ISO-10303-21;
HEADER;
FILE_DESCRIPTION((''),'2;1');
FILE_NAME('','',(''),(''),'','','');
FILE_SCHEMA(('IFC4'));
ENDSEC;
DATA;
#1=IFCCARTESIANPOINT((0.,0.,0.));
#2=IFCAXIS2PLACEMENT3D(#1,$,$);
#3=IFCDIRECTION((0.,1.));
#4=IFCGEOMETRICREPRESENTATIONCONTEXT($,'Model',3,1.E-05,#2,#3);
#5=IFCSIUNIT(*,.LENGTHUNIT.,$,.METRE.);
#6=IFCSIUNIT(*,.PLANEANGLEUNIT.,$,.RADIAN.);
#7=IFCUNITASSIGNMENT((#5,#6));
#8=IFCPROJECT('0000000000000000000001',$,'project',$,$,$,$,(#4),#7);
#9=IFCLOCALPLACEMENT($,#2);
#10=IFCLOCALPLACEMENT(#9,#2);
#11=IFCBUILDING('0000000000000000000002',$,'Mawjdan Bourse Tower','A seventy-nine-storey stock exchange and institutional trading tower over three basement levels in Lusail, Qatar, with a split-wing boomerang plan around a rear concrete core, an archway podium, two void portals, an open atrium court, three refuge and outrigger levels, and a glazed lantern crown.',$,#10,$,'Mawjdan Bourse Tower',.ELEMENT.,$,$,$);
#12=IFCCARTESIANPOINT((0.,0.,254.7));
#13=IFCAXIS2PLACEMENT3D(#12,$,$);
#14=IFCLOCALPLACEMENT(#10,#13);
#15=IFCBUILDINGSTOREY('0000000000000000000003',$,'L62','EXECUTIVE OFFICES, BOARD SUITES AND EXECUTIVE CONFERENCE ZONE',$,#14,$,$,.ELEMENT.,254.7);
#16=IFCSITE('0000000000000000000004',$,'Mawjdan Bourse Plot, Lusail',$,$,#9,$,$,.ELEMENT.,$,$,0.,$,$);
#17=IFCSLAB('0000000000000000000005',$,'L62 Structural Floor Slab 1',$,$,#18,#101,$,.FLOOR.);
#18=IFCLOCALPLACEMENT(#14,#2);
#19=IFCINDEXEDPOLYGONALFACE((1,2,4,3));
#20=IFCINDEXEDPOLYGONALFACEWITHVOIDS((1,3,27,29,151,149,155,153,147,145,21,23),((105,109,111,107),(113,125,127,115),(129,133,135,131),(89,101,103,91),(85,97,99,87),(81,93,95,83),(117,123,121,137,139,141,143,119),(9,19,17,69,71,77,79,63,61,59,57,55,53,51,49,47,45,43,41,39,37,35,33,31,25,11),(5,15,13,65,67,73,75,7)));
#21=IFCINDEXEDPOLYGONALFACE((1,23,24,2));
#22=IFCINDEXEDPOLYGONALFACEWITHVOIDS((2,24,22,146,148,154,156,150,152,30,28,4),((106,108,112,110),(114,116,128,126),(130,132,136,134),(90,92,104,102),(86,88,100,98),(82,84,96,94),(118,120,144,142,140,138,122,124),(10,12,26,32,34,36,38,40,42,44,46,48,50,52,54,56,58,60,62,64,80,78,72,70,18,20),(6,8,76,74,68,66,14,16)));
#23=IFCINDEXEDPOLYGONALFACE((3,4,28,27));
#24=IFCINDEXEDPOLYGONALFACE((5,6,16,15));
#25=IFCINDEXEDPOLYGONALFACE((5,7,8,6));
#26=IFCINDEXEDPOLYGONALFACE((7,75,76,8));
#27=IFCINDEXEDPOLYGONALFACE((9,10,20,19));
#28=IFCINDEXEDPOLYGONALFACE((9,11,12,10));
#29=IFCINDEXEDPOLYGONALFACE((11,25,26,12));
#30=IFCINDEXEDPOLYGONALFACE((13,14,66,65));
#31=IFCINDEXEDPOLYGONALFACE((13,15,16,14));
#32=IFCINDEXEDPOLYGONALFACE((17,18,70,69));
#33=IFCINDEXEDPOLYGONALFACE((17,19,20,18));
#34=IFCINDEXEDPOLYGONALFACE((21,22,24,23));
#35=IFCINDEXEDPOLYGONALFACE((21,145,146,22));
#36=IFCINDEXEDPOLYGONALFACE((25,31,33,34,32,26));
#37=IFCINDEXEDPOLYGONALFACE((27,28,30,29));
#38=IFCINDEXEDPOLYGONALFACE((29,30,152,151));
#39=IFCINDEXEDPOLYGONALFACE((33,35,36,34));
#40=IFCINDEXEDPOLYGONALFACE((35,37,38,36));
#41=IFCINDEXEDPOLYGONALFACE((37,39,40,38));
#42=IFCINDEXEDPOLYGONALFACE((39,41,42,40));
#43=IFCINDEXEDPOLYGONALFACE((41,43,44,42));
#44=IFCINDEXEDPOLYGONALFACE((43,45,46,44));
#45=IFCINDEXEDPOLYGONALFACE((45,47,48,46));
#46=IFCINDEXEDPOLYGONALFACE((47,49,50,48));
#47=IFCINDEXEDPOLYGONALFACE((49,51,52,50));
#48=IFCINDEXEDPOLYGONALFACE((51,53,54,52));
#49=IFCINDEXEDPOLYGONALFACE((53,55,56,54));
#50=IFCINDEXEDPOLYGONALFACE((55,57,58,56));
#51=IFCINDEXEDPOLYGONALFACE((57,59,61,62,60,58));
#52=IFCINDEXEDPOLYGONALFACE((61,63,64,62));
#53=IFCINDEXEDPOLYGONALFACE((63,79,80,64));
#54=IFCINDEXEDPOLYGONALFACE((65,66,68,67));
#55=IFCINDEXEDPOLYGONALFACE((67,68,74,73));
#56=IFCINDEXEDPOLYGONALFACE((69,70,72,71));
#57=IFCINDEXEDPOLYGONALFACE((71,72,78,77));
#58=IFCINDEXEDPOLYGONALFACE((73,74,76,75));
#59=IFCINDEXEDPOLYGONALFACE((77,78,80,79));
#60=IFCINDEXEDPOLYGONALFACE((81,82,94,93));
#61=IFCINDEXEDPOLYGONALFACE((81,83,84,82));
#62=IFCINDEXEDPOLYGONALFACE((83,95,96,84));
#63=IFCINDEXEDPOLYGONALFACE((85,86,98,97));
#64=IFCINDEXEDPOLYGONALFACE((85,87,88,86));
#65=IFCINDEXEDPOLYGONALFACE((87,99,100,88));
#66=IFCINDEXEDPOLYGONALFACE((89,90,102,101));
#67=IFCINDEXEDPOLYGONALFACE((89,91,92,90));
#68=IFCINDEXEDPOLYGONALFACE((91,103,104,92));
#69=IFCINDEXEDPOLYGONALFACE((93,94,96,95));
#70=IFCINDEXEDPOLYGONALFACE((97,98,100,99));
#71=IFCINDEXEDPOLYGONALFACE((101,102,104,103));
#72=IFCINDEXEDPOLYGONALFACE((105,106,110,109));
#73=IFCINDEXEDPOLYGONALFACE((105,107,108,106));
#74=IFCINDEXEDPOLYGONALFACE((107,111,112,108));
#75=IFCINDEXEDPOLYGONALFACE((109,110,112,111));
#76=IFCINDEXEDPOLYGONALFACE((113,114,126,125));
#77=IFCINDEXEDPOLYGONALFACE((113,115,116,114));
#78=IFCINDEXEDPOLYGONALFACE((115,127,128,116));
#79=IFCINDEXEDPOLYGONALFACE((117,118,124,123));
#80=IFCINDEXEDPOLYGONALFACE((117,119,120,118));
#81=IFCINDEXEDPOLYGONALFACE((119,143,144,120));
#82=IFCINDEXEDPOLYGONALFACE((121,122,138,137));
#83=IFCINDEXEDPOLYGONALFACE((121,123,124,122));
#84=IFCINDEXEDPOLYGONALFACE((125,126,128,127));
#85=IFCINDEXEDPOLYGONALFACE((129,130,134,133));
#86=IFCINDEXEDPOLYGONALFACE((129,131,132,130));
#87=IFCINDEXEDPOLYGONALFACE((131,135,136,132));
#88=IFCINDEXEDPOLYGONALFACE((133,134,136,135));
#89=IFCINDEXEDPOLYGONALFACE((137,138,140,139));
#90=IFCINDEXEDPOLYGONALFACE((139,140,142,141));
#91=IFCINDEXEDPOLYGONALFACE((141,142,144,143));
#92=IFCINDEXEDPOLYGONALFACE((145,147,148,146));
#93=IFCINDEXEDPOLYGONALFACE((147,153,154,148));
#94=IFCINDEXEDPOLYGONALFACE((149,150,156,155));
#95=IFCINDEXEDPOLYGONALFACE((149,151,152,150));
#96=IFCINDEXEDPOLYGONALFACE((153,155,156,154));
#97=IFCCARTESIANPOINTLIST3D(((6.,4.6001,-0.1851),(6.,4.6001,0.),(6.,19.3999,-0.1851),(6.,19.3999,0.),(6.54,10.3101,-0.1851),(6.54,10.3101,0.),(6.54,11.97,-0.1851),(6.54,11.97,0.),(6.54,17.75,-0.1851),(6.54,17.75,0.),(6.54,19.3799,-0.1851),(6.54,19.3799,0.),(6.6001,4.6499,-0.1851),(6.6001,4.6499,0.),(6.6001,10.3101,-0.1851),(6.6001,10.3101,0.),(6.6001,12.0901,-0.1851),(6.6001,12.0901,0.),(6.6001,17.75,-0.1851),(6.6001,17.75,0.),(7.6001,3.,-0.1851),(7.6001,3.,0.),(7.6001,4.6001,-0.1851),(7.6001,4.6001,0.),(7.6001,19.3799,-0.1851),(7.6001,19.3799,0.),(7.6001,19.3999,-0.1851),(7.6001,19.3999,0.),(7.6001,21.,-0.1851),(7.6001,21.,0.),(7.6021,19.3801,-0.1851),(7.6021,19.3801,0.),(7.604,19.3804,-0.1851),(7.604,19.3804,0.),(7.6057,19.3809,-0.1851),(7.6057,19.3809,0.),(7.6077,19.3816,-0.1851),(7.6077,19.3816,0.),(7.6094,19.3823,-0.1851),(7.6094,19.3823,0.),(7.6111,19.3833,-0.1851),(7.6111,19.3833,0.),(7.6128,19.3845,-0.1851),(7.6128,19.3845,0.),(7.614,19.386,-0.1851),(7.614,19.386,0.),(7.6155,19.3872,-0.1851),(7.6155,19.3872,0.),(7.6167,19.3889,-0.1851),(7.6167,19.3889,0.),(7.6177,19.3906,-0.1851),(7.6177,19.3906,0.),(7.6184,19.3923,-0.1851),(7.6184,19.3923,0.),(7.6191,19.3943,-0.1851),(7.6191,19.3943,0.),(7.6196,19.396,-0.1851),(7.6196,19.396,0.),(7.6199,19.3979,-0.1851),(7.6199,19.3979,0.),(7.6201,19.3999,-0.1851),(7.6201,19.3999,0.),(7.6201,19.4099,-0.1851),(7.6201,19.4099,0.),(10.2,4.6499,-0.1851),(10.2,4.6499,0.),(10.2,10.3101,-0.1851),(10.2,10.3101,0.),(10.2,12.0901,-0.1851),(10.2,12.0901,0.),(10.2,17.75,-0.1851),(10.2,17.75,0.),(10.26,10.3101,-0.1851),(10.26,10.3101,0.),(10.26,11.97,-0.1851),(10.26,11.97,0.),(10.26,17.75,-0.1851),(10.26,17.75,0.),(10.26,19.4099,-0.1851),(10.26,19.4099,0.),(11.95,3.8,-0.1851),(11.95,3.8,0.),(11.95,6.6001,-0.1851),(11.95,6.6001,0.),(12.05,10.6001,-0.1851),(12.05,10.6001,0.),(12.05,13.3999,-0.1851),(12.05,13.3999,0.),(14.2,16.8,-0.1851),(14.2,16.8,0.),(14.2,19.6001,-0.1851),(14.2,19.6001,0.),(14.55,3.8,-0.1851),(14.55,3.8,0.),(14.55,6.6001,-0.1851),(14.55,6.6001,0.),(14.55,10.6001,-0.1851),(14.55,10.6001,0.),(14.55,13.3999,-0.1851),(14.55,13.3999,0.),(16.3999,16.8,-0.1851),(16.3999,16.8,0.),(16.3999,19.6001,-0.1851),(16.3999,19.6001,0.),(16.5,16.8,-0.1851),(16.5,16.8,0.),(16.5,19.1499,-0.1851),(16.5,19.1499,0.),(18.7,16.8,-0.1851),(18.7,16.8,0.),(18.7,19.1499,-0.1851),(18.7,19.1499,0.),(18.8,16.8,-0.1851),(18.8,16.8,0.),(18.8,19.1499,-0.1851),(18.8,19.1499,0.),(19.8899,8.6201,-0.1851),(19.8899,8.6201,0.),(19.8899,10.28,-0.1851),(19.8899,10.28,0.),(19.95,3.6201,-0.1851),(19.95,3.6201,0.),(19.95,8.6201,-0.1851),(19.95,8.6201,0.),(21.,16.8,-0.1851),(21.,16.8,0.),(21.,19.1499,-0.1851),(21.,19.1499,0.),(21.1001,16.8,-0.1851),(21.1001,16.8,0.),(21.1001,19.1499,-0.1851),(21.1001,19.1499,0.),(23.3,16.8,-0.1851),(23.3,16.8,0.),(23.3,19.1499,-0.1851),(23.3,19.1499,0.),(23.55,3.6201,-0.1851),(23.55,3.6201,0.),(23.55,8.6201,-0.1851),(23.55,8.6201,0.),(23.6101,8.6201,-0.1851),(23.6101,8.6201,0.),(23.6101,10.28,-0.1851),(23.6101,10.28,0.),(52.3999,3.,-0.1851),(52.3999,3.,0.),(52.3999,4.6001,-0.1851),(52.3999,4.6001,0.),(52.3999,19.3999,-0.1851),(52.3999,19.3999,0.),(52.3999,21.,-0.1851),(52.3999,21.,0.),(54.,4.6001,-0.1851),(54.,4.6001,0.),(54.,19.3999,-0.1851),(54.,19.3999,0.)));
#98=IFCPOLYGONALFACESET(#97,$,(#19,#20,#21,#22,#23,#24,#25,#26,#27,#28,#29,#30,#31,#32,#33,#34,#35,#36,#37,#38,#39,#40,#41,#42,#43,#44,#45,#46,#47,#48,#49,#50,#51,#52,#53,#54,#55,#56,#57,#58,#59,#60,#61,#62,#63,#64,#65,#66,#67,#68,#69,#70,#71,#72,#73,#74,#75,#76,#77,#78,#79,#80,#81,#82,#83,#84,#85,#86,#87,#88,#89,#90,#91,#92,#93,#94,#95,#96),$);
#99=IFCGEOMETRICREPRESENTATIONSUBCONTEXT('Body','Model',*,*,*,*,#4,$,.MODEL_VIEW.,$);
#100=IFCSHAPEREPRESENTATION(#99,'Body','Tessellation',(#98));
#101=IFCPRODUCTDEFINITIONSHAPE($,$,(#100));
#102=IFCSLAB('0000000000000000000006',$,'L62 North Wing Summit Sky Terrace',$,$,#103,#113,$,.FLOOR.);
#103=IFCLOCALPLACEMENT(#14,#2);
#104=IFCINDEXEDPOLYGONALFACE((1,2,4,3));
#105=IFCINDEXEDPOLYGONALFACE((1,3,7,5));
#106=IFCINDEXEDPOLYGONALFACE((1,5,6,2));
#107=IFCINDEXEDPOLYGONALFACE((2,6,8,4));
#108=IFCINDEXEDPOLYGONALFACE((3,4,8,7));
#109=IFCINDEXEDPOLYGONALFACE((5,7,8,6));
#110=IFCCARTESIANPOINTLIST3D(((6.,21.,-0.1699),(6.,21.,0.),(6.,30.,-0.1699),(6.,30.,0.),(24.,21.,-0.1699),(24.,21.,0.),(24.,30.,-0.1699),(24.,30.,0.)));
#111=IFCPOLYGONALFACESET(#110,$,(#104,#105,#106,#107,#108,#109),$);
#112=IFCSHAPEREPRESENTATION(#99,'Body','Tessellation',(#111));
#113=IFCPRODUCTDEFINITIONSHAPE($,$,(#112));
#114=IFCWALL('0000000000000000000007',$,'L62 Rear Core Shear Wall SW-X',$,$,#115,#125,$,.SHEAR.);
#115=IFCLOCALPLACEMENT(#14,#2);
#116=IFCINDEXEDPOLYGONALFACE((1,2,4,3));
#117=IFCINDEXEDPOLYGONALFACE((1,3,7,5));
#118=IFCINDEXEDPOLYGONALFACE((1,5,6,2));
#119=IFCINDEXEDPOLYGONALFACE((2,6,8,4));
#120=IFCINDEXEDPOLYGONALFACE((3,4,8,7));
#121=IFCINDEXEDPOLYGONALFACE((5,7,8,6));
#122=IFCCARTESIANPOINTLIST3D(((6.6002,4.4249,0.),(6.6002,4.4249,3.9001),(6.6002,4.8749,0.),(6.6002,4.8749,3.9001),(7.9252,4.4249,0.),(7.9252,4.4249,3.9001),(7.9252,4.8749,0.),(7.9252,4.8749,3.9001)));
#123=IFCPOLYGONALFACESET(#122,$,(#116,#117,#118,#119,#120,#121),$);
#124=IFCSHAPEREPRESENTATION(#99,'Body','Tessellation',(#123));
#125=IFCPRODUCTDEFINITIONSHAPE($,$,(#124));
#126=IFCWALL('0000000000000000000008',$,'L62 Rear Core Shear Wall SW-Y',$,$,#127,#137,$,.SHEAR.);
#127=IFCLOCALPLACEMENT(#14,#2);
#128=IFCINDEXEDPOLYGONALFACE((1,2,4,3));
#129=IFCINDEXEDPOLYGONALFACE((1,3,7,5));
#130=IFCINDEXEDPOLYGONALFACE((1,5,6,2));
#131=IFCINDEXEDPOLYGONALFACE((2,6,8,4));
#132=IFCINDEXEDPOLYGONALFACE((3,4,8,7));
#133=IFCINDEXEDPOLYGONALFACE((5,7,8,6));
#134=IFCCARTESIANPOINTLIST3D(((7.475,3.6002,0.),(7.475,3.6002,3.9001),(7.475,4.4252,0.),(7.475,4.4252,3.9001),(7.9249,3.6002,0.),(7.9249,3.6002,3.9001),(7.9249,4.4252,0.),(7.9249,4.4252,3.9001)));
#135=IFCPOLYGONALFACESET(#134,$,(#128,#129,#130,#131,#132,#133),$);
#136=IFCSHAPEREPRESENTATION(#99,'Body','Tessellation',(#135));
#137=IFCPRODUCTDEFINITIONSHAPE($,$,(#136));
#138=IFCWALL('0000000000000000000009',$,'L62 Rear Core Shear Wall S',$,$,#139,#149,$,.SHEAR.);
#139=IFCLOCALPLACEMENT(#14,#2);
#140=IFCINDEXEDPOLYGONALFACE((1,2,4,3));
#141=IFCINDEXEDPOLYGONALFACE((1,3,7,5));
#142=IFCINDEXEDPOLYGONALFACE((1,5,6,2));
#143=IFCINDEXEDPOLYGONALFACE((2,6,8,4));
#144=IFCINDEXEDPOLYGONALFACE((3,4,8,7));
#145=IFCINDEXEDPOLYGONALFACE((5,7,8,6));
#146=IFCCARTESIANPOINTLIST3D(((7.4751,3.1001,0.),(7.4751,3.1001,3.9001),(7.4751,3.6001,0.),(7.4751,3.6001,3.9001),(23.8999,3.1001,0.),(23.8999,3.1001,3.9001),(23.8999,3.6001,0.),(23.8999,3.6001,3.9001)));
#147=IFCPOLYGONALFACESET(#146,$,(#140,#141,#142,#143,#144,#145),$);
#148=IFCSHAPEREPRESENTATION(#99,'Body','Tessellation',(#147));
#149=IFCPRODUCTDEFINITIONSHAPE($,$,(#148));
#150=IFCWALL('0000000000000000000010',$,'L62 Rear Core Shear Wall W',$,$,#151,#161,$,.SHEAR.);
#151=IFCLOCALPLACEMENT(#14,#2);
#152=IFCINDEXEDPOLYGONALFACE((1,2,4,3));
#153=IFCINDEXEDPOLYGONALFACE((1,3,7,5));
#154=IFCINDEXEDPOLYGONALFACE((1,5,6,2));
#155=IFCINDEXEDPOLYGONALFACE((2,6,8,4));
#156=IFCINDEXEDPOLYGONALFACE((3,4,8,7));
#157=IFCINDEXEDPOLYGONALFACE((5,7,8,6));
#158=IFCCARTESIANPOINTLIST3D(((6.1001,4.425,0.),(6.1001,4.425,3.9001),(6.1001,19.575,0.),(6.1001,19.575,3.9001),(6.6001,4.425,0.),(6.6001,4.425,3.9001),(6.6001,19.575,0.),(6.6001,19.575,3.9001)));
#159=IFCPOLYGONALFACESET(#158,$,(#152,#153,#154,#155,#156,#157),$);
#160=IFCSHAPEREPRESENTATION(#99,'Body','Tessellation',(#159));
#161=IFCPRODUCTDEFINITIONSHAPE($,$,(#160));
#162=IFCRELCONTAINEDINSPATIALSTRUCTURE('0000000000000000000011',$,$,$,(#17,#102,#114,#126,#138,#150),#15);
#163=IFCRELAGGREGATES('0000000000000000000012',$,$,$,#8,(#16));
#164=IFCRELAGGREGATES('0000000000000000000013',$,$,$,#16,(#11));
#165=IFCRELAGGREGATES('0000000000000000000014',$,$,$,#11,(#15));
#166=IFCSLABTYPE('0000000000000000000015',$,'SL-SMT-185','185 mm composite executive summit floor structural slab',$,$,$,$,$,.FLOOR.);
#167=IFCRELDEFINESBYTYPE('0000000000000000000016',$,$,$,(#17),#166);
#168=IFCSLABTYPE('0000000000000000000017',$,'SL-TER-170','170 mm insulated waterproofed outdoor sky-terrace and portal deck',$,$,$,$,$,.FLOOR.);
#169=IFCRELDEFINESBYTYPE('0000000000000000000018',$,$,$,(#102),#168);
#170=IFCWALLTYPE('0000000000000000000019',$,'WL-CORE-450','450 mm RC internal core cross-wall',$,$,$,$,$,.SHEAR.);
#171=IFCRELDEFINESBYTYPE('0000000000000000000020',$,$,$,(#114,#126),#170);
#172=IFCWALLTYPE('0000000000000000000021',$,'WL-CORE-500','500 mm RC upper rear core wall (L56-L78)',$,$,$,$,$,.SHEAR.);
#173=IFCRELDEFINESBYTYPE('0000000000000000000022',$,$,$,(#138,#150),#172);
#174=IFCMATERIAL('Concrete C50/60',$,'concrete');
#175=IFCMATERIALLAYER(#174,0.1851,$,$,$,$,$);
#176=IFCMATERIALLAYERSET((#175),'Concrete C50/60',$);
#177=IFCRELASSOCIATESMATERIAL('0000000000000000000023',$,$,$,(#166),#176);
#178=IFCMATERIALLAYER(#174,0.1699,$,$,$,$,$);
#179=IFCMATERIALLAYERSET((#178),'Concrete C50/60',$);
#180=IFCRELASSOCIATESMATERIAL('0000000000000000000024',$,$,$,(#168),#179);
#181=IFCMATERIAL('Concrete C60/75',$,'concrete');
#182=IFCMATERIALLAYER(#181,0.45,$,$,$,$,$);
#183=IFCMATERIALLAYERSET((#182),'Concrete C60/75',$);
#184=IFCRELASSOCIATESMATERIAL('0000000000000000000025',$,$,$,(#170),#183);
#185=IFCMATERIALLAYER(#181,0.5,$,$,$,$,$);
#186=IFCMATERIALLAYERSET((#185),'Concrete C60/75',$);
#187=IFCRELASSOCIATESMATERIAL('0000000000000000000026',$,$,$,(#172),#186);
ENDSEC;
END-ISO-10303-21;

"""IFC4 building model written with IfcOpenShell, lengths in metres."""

from ifc_helpers import new_model, si_unit, direction, frame, frame_2d, origin, place, context, subcontext, project, spatial, polyline, rectangle, outline, extrude, material, layer, layer_set, type_object, element, save


model = new_model("IFC4")

# Units and contexts
model_context = context("Model", 3, precision=1e-05, world=origin(), true_north=direction((0.0, 1.0)))
body_context = subcontext(model_context, "Body", "Model", "MODEL_VIEW")
ifc_project = project(units=[si_unit("LENGTHUNIT", "METRE"), si_unit("PLANEANGLEUNIT", "RADIAN")], contexts=[model_context])

# Site, building, storey
site_placement = place(None, origin())
site = spatial("IfcSite", under=ifc_project, at=site_placement, Name="Mawjdan Bourse Plot, Lusail", CompositionType="ELEMENT", RefElevation=0.0)
building_placement = place(site_placement, origin())
building = spatial("IfcBuilding", under=site, at=building_placement, Name="Mawjdan Bourse Tower", Description="A seventy-nine-storey stock exchange and institutional trading tower over three basement levels in Lusail, Qatar, with a split-wing boomerang plan around a rear concrete core, an archway podium, two void portals, an open atrium court, three refuge and outrigger levels, and a glazed lantern crown.", LongName="Mawjdan Bourse Tower", CompositionType="ELEMENT")
storey_placement = place(building_placement, frame((0.0, 0.0, 254.7)))
storey = spatial("IfcBuildingStorey", under=building, at=storey_placement, Name="L62", Description="EXECUTIVE OFFICES, BOARD SUITES AND EXECUTIVE CONFERENCE ZONE", CompositionType="ELEMENT", Elevation=254.7)

# Shared definitions
ifc_material_1 = material(Name="Concrete C50/60", Category="concrete")

# Slabs
ifc_layer_1 = layer(ifc_material_1, 0.1851)
ifc_layer_set_1 = layer_set([ifc_layer_1], Name="Concrete C50/60")
slab_type_1 = type_object("IfcSlabType", Name="SL-SMT-185", Description="185 mm composite executive summit floor structural slab", PredefinedType="FLOOR", material=ifc_layer_set_1)
slab_1_placement = place(storey_placement, frame((0.0, 0.0, -0.1851)))
element("IfcSlab", 1, at=slab_1_placement, inside=storey, type_object=slab_type_1, Name="L62 Structural Floor Slab 1", PredefinedType="FLOOR", context=body_context, shape_type="SweptSolid", body=[
    extrude(outline(polyline([(7.6001, 3.0), (52.3999, 3.0), (52.3999, 4.6001), (54.0, 4.6001), (54.0, 19.3999), (52.3999, 19.3999), (52.3999, 21.0), (7.6001, 21.0), (7.6001, 19.3999), (6.0, 19.3999), (6.0, 4.6001), (7.6001, 4.6001), (7.6001, 3.0)]), holes=[polyline([(14.55, 3.8), (11.95, 3.8), (11.95, 6.6001), (14.55, 6.6001), (14.55, 3.8)]), polyline([(10.26, 11.97), (10.26, 10.3101), (10.2, 10.3101), (10.2, 4.6499), (6.6001, 4.6499), (6.6001, 10.3101), (6.54, 10.3101), (6.54, 11.97), (10.26, 11.97)]), polyline([(14.55, 10.6001), (12.05, 10.6001), (12.05, 13.3999), (14.55, 13.3999), (14.55, 10.6001)]), polyline([(7.6001, 19.3799), (7.6021, 19.3801), (7.604, 19.3804), (7.6057, 19.3809), (7.6077, 19.3816), (7.6094, 19.3823), (7.6111, 19.3833), (7.6128, 19.3845), (7.614, 19.386), (7.6155, 19.3872), (7.6167, 19.3889), (7.6177, 19.3906), (7.6184, 19.3923), (7.6191, 19.3943), (7.6196, 19.396), (7.6199, 19.3979), (7.6201, 19.3999), (7.6201, 19.4099), (10.26, 19.4099), (10.26, 17.75), (10.2, 17.75), (10.2, 12.0901), (6.6001, 12.0901), (6.6001, 17.75), (6.54, 17.75), (6.54, 19.3799), (7.6001, 19.3799)]), polyline([(19.8899, 10.28), (23.6101, 10.28), (23.6101, 8.6201), (23.55, 8.6201), (23.55, 3.6201), (19.95, 3.6201), (19.95, 8.6201), (19.8899, 8.6201), (19.8899, 10.28)]), polyline([(16.5, 16.8), (16.5, 19.1499), (18.7, 19.1499), (18.7, 16.8), (16.5, 16.8)]), polyline([(21.0, 16.8), (18.8, 16.8), (18.8, 19.1499), (21.0, 19.1499), (21.0, 16.8)]), polyline([(21.1001, 16.8), (21.1001, 19.1499), (23.3, 19.1499), (23.3, 16.8), (21.1001, 16.8)]), polyline([(14.2, 16.8), (14.2, 19.6001), (16.3999, 19.6001), (16.3999, 16.8), (14.2, 16.8)])]), origin(), (0.0, 0.0, 1.0), 0.1851),
])
ifc_layer_2 = layer(ifc_material_1, 0.1699)
ifc_layer_set_2 = layer_set([ifc_layer_2], Name="Concrete C50/60")
slab_type_2 = type_object("IfcSlabType", Name="SL-TER-170", Description="170 mm insulated waterproofed outdoor sky-terrace and portal deck", PredefinedType="FLOOR", material=ifc_layer_set_2)
slab_2_placement = place(storey_placement, frame((0.0, 0.0, -0.1699)))
element("IfcSlab", 2, at=slab_2_placement, inside=storey, type_object=slab_type_2, Name="L62 North Wing Summit Sky Terrace", PredefinedType="FLOOR", context=body_context, shape_type="SweptSolid", body=[
    extrude(outline(polyline([(6.0, 21.0), (24.0, 21.0), (24.0, 30.0), (6.0, 30.0), (6.0, 21.0)])), origin(), (0.0, 0.0, 1.0), 0.1699),
])

# Walls
ifc_material_2 = material(Name="Concrete C60/75", Category="concrete")
ifc_layer_3 = layer(ifc_material_2, 0.45)
ifc_layer_set_3 = layer_set([ifc_layer_3], Name="Concrete C60/75")
wall_type_1 = type_object("IfcWallType", Name="WL-CORE-450", Description="450 mm RC internal core cross-wall", PredefinedType="SHEAR", material=ifc_layer_set_3)
wall_1_placement = place(storey_placement, frame((6.6001, 4.6499, 0.0), z_axis=(0.0, 0.0, 1.0), x_axis=(1.0, 0.0, 0.0)))
element("IfcWall", 3, at=wall_1_placement, inside=storey, type_object=wall_type_1, Name="L62 Rear Core Shear Wall SW-X", PredefinedType="SHEAR", context=body_context, shape_type="SweptSolid", body=[
    extrude(rectangle(XDim=1.325, YDim=0.45, at=frame_2d((0.6626, 0.0))), origin(), (0.0, 0.0, 1.0), 3.9001),
])
wall_2_placement = place(storey_placement, frame((7.7, 3.6001, 0.0), z_axis=(0.0, 0.0, 1.0), x_axis=(0.0, 1.0, 0.0)))
element("IfcWall", 4, at=wall_2_placement, inside=storey, type_object=wall_type_1, Name="L62 Rear Core Shear Wall SW-Y", PredefinedType="SHEAR", context=body_context, shape_type="SweptSolid", body=[
    extrude(rectangle(XDim=0.825, YDim=0.45, at=frame_2d((0.4126, 0.0))), origin(), (0.0, 0.0, 1.0), 3.9001),
])
ifc_layer_4 = layer(ifc_material_2, 0.5)
ifc_layer_set_4 = layer_set([ifc_layer_4], Name="Concrete C60/75")
wall_type_2 = type_object("IfcWallType", Name="WL-CORE-500", Description="500 mm RC upper rear core wall (L56-L78)", PredefinedType="SHEAR", material=ifc_layer_set_4)
wall_3_placement = place(storey_placement, frame((7.4751, 3.3501, 0.0), z_axis=(0.0, 0.0, 1.0), x_axis=(1.0, 0.0, 0.0)))
element("IfcWall", 5, at=wall_3_placement, inside=storey, type_object=wall_type_2, Name="L62 Rear Core Shear Wall S", PredefinedType="SHEAR", context=body_context, shape_type="SweptSolid", body=[
    extrude(rectangle(XDim=16.4248, YDim=0.5, at=frame_2d((8.2124, 0.0))), origin(), (0.0, 0.0, 1.0), 3.9001),
])
wall_4_placement = place(storey_placement, frame((6.3501, 4.425, 0.0), z_axis=(0.0, 0.0, 1.0), x_axis=(0.0, 1.0, 0.0)))
element("IfcWall", 6, at=wall_4_placement, inside=storey, type_object=wall_type_2, Name="L62 Rear Core Shear Wall W", PredefinedType="SHEAR", context=body_context, shape_type="SweptSolid", body=[
    extrude(rectangle(XDim=15.1499, YDim=0.5, at=frame_2d((7.575, 0.0))), origin(), (0.0, 0.0, 1.0), 3.9001),
])

save(model, "model.ifc")
